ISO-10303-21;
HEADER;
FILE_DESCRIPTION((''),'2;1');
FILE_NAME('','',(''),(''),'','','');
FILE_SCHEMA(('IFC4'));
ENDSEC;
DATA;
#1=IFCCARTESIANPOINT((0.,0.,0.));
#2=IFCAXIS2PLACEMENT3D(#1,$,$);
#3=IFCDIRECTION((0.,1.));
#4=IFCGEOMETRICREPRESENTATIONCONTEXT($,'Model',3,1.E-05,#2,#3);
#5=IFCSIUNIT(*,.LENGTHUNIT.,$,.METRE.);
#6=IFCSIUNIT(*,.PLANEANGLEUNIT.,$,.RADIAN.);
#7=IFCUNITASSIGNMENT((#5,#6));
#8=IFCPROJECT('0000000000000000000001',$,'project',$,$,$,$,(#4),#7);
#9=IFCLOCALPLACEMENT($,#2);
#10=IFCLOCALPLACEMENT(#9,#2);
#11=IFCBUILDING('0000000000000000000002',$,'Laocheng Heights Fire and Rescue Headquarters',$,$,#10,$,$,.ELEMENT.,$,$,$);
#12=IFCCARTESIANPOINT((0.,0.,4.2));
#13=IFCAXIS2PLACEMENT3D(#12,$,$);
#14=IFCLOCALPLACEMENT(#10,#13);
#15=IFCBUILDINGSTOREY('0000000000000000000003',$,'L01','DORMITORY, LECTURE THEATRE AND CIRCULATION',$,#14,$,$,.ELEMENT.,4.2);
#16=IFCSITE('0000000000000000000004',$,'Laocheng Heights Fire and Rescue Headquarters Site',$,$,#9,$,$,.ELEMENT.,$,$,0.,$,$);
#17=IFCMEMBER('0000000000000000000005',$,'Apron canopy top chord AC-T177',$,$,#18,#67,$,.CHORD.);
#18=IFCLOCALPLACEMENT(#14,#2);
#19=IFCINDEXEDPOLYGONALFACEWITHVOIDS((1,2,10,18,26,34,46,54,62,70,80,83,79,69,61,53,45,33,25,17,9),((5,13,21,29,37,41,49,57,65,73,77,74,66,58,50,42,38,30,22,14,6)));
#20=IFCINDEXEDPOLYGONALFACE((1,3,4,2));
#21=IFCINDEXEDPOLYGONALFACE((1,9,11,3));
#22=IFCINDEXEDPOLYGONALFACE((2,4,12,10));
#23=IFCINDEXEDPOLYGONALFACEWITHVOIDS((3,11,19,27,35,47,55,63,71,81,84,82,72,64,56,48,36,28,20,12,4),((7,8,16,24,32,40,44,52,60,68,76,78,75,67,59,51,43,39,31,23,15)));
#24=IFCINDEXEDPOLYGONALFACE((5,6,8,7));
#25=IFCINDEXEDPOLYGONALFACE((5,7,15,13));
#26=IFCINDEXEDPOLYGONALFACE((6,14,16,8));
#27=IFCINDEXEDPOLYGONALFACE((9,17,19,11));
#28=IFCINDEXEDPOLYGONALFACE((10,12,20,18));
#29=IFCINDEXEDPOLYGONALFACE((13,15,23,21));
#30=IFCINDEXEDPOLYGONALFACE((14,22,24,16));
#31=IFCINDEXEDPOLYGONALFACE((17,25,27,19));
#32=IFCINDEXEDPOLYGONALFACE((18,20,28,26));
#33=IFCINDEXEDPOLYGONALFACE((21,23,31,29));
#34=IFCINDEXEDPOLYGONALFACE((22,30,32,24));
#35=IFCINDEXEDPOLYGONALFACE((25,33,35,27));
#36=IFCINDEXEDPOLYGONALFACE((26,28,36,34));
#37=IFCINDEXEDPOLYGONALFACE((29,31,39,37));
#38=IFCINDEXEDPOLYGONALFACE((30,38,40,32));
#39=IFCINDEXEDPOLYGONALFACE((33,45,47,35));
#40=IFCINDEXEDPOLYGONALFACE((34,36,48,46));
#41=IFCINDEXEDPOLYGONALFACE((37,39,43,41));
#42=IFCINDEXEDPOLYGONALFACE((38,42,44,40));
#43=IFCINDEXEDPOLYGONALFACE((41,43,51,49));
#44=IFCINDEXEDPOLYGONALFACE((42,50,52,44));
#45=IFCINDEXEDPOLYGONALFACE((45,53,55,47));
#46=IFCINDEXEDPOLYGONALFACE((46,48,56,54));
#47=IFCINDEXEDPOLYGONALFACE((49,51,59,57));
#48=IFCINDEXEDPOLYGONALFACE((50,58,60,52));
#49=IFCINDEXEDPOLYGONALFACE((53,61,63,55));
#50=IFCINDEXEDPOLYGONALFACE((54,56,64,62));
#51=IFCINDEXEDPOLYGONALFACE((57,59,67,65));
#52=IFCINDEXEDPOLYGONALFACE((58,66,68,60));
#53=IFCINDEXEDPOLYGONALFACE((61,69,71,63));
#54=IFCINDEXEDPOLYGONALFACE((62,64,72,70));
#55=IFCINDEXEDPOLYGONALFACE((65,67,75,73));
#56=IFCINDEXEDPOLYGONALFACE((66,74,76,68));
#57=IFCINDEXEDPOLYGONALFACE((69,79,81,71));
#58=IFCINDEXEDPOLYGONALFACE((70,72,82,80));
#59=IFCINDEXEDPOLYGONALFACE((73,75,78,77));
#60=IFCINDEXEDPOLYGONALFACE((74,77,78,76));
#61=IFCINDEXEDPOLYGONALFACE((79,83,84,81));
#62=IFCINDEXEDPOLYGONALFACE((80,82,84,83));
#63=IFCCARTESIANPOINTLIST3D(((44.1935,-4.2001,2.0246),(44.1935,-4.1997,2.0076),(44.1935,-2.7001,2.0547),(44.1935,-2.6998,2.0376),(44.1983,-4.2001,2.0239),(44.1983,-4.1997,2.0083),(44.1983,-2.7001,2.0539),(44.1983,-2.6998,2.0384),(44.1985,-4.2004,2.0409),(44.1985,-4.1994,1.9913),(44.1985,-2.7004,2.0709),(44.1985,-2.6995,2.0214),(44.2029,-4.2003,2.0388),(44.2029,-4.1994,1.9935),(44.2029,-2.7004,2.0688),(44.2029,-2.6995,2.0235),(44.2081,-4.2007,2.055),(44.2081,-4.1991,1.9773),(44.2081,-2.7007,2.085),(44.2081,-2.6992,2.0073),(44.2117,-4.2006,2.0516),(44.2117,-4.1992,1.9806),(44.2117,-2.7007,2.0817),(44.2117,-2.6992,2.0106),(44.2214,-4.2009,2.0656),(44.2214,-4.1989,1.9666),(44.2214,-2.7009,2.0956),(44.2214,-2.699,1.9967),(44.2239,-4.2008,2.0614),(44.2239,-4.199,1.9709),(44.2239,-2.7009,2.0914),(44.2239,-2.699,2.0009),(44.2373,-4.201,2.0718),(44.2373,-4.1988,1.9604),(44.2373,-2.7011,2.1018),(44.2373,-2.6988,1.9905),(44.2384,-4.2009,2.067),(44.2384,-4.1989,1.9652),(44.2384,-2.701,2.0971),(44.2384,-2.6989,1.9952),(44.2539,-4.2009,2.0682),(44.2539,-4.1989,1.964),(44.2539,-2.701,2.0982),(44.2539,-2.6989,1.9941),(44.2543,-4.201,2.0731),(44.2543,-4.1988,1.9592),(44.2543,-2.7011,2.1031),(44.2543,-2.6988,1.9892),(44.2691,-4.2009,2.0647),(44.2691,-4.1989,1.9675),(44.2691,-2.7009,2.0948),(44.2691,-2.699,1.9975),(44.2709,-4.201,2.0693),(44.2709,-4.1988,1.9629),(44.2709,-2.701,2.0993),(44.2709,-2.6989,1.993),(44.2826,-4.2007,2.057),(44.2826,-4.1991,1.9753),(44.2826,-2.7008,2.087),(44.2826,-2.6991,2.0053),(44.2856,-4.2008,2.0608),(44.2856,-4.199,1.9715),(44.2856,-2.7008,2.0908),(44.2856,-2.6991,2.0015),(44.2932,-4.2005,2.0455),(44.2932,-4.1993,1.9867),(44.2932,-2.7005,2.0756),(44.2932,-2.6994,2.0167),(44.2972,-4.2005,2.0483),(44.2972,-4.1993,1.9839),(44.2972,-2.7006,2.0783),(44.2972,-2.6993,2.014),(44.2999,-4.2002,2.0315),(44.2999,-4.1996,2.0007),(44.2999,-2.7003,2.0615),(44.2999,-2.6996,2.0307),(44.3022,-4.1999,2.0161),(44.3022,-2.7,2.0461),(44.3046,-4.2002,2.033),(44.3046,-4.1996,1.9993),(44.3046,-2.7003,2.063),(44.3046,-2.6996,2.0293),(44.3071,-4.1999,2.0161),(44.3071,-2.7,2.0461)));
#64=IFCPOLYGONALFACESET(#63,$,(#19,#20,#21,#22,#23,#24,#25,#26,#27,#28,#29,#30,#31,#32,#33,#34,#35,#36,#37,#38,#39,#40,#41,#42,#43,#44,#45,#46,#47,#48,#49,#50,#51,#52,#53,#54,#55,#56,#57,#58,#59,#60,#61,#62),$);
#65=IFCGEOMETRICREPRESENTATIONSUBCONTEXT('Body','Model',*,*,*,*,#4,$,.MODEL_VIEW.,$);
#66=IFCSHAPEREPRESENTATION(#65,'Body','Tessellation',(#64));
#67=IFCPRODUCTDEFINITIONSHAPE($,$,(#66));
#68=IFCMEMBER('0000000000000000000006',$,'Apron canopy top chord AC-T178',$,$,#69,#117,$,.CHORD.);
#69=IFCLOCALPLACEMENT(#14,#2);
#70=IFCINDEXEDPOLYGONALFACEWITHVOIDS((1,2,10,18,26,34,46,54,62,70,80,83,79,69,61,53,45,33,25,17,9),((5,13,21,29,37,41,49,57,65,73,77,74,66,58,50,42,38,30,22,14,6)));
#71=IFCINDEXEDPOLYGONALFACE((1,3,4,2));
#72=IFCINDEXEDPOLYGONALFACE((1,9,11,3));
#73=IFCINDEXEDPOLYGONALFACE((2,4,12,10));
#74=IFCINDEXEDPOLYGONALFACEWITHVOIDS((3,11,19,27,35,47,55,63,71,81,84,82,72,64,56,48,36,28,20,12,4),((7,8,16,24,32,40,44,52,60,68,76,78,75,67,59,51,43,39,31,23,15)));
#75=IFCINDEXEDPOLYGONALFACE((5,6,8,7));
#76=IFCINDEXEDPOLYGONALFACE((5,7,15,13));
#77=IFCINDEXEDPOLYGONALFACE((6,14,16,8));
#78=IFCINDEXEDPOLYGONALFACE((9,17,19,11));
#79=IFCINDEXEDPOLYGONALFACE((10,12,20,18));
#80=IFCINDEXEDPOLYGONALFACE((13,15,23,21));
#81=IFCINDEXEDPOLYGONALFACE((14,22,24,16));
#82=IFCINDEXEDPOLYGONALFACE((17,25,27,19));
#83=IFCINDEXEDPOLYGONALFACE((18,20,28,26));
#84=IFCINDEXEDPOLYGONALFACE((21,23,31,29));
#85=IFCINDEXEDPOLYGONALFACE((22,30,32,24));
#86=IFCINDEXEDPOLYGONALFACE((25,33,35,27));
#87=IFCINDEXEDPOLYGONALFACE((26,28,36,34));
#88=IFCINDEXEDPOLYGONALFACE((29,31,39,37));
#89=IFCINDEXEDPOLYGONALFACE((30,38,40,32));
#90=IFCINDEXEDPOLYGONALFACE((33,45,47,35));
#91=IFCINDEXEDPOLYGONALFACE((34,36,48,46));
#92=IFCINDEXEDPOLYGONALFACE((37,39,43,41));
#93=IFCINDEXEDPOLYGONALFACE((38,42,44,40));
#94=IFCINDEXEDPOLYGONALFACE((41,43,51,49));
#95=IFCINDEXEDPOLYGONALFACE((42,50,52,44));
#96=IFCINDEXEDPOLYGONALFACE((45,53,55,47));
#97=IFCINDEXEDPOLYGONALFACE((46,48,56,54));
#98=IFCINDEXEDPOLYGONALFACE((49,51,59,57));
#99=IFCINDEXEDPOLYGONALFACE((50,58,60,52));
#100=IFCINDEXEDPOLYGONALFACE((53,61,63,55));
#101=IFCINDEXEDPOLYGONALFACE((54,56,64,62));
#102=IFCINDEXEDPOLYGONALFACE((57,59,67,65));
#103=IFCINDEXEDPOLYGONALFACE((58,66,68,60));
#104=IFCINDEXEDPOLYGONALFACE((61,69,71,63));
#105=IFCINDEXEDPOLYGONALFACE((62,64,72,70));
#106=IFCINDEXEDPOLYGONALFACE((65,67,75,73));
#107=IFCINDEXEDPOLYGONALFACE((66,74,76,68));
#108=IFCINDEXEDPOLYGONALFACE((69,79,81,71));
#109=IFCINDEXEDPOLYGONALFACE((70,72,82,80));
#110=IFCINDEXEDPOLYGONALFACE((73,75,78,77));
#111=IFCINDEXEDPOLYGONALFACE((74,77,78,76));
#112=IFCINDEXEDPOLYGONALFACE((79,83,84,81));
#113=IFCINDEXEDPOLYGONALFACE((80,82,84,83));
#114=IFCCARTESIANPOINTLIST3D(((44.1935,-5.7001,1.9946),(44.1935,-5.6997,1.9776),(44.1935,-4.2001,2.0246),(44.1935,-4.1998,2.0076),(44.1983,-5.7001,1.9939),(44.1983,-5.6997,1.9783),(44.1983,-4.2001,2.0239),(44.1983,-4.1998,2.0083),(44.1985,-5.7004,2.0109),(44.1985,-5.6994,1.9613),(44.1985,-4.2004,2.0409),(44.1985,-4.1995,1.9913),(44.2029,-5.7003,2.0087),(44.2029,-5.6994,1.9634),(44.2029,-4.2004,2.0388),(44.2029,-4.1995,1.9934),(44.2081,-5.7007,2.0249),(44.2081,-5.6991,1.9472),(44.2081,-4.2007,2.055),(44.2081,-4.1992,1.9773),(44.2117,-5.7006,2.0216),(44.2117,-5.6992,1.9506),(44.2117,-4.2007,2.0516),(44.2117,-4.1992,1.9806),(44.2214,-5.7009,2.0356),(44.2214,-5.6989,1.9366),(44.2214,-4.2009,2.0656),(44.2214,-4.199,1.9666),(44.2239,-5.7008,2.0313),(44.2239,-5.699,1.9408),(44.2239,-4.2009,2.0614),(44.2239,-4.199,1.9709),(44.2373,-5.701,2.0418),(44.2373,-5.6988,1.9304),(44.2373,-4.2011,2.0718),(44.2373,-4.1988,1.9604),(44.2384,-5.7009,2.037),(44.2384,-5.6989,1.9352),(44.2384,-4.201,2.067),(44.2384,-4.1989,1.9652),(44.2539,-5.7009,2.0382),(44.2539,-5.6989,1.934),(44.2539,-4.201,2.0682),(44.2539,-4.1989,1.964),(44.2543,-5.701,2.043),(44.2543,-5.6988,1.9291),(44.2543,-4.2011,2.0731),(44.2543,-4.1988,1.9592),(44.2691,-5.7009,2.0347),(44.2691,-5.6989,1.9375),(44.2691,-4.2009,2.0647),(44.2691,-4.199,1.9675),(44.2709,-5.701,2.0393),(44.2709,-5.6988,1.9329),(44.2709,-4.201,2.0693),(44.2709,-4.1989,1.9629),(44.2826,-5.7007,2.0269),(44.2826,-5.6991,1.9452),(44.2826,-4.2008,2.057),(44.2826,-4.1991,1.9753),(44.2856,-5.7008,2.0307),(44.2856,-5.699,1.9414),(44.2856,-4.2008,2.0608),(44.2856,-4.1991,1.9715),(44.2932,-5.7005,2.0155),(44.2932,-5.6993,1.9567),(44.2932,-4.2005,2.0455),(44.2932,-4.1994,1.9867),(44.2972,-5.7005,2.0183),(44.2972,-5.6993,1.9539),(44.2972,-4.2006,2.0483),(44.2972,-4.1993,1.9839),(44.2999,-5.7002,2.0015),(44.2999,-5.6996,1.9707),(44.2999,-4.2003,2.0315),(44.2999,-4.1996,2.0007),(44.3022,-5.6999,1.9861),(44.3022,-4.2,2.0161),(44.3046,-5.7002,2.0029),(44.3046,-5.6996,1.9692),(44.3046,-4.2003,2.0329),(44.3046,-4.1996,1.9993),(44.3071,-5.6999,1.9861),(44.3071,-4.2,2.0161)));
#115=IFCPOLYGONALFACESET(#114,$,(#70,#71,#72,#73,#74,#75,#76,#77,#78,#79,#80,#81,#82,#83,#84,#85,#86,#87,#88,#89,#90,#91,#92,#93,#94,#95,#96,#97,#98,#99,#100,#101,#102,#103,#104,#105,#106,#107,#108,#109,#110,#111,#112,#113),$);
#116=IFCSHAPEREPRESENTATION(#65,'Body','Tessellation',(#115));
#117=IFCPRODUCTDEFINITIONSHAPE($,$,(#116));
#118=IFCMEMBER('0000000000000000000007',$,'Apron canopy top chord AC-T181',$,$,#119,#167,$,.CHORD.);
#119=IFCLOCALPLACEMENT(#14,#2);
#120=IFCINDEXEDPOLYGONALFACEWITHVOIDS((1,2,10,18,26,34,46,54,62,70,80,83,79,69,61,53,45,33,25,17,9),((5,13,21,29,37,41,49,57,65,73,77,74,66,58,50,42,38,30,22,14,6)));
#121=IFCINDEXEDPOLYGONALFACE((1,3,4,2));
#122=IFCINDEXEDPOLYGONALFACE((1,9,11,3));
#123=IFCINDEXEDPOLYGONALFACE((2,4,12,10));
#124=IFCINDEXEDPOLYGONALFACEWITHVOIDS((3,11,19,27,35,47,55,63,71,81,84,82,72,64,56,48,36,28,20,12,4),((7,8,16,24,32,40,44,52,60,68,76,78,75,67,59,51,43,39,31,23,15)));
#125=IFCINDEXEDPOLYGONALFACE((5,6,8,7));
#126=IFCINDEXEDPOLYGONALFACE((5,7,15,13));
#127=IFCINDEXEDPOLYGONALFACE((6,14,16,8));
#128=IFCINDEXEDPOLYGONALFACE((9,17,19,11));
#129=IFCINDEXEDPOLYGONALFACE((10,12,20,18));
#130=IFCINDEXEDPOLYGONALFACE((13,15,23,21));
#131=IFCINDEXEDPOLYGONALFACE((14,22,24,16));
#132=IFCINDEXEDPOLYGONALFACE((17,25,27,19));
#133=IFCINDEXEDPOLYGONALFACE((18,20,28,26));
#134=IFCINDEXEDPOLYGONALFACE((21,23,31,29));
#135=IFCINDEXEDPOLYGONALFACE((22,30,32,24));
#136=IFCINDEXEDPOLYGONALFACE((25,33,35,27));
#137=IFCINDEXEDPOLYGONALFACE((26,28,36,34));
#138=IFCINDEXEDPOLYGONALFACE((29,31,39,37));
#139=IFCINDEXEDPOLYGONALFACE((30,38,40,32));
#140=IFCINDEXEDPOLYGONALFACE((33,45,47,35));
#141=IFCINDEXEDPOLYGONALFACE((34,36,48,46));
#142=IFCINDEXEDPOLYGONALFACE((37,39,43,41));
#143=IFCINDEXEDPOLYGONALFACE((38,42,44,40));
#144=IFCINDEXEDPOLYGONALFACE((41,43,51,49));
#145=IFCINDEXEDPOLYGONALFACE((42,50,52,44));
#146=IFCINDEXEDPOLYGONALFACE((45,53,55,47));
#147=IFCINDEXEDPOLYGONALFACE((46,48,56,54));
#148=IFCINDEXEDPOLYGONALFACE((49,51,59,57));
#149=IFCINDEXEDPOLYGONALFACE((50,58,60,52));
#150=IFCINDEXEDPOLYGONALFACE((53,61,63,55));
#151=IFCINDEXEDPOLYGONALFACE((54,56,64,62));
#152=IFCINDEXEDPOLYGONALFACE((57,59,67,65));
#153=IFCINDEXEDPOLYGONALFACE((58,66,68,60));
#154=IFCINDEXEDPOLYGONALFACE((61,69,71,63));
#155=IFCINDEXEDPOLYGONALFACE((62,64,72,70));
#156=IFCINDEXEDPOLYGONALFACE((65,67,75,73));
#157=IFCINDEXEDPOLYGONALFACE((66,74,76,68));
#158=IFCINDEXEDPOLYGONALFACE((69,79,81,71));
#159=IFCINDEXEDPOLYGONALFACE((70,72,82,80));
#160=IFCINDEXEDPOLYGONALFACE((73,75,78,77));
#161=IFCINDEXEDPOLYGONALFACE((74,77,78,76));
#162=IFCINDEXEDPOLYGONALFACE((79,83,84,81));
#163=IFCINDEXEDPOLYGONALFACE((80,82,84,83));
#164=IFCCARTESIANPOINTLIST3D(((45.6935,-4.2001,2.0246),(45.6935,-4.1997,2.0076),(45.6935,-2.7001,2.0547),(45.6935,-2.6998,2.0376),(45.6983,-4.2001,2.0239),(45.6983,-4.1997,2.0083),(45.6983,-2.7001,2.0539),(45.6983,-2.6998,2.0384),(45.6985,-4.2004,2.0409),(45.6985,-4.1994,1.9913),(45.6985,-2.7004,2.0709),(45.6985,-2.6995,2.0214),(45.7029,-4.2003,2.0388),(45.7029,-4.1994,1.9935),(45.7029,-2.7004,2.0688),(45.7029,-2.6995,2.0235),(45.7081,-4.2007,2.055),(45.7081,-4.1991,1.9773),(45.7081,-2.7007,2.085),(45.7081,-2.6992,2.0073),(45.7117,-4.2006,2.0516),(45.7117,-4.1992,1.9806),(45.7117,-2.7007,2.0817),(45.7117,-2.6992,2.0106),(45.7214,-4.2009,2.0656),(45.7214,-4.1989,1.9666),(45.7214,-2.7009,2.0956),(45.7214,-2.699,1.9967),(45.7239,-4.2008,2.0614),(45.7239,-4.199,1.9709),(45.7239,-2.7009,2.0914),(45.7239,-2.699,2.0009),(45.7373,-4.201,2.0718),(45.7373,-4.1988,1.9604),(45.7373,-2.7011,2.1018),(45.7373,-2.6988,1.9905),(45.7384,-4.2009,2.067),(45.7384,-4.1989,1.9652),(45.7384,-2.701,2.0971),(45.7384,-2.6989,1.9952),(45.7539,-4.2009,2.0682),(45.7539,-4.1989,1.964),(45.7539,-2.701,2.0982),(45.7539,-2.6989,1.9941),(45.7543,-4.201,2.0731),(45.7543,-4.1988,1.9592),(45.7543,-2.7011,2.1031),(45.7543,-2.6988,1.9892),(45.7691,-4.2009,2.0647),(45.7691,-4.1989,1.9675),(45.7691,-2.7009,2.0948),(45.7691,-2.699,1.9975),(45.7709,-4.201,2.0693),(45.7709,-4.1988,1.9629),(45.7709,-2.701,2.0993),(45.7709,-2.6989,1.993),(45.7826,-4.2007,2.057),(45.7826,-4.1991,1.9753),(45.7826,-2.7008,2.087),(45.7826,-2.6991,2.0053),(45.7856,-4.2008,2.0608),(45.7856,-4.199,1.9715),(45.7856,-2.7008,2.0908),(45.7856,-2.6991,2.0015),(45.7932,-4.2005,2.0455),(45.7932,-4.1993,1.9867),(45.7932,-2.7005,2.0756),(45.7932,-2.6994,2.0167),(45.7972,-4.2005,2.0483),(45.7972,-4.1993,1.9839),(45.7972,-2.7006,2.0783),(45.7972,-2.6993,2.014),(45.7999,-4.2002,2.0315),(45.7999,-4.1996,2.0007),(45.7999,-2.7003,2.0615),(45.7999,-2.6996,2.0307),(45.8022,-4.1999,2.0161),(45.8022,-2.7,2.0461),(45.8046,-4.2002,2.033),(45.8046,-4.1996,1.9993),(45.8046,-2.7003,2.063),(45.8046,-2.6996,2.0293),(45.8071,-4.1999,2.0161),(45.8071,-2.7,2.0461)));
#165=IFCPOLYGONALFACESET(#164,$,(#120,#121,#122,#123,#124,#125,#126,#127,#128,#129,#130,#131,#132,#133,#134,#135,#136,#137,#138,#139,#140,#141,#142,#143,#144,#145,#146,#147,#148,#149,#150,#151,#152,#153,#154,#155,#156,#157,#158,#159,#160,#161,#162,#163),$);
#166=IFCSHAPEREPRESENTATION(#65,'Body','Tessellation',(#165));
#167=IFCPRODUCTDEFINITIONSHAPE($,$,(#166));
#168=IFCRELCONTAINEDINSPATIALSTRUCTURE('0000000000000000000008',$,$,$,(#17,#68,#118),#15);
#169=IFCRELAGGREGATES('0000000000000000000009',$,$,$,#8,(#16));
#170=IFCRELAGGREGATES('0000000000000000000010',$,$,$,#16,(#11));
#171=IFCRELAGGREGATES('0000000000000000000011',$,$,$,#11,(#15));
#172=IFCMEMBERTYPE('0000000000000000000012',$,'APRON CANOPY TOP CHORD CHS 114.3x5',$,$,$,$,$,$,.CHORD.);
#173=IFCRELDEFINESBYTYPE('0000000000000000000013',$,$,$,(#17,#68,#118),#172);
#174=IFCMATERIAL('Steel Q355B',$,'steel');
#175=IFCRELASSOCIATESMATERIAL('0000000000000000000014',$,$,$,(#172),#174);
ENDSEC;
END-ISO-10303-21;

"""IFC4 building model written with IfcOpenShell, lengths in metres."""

from ifc_helpers import new_model, si_unit, direction, frame, origin, origin_2d, place, context, subcontext, project, spatial, hollow_circle, extrude, material, material_profile, profile_set, type_object, element, save


model = new_model("IFC4")

# Units and contexts
model_context = context("Model", 3, precision=1e-05, world=origin(), true_north=direction((0.0, 1.0)))
body_context = subcontext(model_context, "Body", "Model", "MODEL_VIEW")
ifc_project = project(units=[si_unit("LENGTHUNIT", "METRE"), si_unit("PLANEANGLEUNIT", "RADIAN")], contexts=[model_context])

# Site, building, storey
site_placement = place(None, origin())
site = spatial("IfcSite", under=ifc_project, at=site_placement, Name="Laocheng Heights Fire and Rescue Headquarters Site", CompositionType="ELEMENT", RefElevation=0.0)
building_placement = place(site_placement, origin())
building = spatial("IfcBuilding", under=site, at=building_placement, Name="Laocheng Heights Fire and Rescue Headquarters", CompositionType="ELEMENT")
storey_placement = place(building_placement, frame((0.0, 0.0, 4.2)))
storey = spatial("IfcBuildingStorey", under=building, at=storey_placement, Name="L01", Description="DORMITORY, LECTURE THEATRE AND CIRCULATION", CompositionType="ELEMENT", Elevation=4.2)

# Members
ifc_material_1 = material(Name="Steel Q355B", Category="steel")
ifc_material_profile_1 = material_profile(ifc_material_1, hollow_circle(Radius=0.0571, WallThickness=0.0049, at=origin_2d()), Name="CHS 114.3x5")
ifc_profile_set_1 = profile_set([ifc_material_profile_1], Name="Steel Q355B")
member_type = type_object("IfcMemberType", Name="APRON CANOPY TOP CHORD CHS 114.3x5", PredefinedType="CHORD", material=ifc_profile_set_1)
for number, where, z_axis, x_axis, name in (
    (1, (44.25, -2.7, 2.0461), (0.0, -0.9998, -0.020016), (1.0, 0.0, 0.0), "Apron canopy top chord AC-T177"),
    (2, (44.25, -4.2, 2.0161), (0.0, -0.9998, -0.020016), (1.0, 0.0, 0.0), "Apron canopy top chord AC-T178"),
    (3, (45.75, -2.7, 2.0461), (0.0, -0.9998, -0.020016), (1.0, 0.0, 0.0), "Apron canopy top chord AC-T181"),
):
    element("IfcMember", number, at=place(storey_placement, frame(where, z_axis=z_axis, x_axis=x_axis)), inside=storey, type_object=member_type, Name=name, PredefinedType="CHORD", context=body_context, shape_type="SweptSolid", body=[
        extrude(hollow_circle(Radius=0.0571, WallThickness=0.0049, at=origin_2d()), origin(), (0.0, 0.0, 1.0), 1.5002),
    ])

save(model, "model.ifc")
